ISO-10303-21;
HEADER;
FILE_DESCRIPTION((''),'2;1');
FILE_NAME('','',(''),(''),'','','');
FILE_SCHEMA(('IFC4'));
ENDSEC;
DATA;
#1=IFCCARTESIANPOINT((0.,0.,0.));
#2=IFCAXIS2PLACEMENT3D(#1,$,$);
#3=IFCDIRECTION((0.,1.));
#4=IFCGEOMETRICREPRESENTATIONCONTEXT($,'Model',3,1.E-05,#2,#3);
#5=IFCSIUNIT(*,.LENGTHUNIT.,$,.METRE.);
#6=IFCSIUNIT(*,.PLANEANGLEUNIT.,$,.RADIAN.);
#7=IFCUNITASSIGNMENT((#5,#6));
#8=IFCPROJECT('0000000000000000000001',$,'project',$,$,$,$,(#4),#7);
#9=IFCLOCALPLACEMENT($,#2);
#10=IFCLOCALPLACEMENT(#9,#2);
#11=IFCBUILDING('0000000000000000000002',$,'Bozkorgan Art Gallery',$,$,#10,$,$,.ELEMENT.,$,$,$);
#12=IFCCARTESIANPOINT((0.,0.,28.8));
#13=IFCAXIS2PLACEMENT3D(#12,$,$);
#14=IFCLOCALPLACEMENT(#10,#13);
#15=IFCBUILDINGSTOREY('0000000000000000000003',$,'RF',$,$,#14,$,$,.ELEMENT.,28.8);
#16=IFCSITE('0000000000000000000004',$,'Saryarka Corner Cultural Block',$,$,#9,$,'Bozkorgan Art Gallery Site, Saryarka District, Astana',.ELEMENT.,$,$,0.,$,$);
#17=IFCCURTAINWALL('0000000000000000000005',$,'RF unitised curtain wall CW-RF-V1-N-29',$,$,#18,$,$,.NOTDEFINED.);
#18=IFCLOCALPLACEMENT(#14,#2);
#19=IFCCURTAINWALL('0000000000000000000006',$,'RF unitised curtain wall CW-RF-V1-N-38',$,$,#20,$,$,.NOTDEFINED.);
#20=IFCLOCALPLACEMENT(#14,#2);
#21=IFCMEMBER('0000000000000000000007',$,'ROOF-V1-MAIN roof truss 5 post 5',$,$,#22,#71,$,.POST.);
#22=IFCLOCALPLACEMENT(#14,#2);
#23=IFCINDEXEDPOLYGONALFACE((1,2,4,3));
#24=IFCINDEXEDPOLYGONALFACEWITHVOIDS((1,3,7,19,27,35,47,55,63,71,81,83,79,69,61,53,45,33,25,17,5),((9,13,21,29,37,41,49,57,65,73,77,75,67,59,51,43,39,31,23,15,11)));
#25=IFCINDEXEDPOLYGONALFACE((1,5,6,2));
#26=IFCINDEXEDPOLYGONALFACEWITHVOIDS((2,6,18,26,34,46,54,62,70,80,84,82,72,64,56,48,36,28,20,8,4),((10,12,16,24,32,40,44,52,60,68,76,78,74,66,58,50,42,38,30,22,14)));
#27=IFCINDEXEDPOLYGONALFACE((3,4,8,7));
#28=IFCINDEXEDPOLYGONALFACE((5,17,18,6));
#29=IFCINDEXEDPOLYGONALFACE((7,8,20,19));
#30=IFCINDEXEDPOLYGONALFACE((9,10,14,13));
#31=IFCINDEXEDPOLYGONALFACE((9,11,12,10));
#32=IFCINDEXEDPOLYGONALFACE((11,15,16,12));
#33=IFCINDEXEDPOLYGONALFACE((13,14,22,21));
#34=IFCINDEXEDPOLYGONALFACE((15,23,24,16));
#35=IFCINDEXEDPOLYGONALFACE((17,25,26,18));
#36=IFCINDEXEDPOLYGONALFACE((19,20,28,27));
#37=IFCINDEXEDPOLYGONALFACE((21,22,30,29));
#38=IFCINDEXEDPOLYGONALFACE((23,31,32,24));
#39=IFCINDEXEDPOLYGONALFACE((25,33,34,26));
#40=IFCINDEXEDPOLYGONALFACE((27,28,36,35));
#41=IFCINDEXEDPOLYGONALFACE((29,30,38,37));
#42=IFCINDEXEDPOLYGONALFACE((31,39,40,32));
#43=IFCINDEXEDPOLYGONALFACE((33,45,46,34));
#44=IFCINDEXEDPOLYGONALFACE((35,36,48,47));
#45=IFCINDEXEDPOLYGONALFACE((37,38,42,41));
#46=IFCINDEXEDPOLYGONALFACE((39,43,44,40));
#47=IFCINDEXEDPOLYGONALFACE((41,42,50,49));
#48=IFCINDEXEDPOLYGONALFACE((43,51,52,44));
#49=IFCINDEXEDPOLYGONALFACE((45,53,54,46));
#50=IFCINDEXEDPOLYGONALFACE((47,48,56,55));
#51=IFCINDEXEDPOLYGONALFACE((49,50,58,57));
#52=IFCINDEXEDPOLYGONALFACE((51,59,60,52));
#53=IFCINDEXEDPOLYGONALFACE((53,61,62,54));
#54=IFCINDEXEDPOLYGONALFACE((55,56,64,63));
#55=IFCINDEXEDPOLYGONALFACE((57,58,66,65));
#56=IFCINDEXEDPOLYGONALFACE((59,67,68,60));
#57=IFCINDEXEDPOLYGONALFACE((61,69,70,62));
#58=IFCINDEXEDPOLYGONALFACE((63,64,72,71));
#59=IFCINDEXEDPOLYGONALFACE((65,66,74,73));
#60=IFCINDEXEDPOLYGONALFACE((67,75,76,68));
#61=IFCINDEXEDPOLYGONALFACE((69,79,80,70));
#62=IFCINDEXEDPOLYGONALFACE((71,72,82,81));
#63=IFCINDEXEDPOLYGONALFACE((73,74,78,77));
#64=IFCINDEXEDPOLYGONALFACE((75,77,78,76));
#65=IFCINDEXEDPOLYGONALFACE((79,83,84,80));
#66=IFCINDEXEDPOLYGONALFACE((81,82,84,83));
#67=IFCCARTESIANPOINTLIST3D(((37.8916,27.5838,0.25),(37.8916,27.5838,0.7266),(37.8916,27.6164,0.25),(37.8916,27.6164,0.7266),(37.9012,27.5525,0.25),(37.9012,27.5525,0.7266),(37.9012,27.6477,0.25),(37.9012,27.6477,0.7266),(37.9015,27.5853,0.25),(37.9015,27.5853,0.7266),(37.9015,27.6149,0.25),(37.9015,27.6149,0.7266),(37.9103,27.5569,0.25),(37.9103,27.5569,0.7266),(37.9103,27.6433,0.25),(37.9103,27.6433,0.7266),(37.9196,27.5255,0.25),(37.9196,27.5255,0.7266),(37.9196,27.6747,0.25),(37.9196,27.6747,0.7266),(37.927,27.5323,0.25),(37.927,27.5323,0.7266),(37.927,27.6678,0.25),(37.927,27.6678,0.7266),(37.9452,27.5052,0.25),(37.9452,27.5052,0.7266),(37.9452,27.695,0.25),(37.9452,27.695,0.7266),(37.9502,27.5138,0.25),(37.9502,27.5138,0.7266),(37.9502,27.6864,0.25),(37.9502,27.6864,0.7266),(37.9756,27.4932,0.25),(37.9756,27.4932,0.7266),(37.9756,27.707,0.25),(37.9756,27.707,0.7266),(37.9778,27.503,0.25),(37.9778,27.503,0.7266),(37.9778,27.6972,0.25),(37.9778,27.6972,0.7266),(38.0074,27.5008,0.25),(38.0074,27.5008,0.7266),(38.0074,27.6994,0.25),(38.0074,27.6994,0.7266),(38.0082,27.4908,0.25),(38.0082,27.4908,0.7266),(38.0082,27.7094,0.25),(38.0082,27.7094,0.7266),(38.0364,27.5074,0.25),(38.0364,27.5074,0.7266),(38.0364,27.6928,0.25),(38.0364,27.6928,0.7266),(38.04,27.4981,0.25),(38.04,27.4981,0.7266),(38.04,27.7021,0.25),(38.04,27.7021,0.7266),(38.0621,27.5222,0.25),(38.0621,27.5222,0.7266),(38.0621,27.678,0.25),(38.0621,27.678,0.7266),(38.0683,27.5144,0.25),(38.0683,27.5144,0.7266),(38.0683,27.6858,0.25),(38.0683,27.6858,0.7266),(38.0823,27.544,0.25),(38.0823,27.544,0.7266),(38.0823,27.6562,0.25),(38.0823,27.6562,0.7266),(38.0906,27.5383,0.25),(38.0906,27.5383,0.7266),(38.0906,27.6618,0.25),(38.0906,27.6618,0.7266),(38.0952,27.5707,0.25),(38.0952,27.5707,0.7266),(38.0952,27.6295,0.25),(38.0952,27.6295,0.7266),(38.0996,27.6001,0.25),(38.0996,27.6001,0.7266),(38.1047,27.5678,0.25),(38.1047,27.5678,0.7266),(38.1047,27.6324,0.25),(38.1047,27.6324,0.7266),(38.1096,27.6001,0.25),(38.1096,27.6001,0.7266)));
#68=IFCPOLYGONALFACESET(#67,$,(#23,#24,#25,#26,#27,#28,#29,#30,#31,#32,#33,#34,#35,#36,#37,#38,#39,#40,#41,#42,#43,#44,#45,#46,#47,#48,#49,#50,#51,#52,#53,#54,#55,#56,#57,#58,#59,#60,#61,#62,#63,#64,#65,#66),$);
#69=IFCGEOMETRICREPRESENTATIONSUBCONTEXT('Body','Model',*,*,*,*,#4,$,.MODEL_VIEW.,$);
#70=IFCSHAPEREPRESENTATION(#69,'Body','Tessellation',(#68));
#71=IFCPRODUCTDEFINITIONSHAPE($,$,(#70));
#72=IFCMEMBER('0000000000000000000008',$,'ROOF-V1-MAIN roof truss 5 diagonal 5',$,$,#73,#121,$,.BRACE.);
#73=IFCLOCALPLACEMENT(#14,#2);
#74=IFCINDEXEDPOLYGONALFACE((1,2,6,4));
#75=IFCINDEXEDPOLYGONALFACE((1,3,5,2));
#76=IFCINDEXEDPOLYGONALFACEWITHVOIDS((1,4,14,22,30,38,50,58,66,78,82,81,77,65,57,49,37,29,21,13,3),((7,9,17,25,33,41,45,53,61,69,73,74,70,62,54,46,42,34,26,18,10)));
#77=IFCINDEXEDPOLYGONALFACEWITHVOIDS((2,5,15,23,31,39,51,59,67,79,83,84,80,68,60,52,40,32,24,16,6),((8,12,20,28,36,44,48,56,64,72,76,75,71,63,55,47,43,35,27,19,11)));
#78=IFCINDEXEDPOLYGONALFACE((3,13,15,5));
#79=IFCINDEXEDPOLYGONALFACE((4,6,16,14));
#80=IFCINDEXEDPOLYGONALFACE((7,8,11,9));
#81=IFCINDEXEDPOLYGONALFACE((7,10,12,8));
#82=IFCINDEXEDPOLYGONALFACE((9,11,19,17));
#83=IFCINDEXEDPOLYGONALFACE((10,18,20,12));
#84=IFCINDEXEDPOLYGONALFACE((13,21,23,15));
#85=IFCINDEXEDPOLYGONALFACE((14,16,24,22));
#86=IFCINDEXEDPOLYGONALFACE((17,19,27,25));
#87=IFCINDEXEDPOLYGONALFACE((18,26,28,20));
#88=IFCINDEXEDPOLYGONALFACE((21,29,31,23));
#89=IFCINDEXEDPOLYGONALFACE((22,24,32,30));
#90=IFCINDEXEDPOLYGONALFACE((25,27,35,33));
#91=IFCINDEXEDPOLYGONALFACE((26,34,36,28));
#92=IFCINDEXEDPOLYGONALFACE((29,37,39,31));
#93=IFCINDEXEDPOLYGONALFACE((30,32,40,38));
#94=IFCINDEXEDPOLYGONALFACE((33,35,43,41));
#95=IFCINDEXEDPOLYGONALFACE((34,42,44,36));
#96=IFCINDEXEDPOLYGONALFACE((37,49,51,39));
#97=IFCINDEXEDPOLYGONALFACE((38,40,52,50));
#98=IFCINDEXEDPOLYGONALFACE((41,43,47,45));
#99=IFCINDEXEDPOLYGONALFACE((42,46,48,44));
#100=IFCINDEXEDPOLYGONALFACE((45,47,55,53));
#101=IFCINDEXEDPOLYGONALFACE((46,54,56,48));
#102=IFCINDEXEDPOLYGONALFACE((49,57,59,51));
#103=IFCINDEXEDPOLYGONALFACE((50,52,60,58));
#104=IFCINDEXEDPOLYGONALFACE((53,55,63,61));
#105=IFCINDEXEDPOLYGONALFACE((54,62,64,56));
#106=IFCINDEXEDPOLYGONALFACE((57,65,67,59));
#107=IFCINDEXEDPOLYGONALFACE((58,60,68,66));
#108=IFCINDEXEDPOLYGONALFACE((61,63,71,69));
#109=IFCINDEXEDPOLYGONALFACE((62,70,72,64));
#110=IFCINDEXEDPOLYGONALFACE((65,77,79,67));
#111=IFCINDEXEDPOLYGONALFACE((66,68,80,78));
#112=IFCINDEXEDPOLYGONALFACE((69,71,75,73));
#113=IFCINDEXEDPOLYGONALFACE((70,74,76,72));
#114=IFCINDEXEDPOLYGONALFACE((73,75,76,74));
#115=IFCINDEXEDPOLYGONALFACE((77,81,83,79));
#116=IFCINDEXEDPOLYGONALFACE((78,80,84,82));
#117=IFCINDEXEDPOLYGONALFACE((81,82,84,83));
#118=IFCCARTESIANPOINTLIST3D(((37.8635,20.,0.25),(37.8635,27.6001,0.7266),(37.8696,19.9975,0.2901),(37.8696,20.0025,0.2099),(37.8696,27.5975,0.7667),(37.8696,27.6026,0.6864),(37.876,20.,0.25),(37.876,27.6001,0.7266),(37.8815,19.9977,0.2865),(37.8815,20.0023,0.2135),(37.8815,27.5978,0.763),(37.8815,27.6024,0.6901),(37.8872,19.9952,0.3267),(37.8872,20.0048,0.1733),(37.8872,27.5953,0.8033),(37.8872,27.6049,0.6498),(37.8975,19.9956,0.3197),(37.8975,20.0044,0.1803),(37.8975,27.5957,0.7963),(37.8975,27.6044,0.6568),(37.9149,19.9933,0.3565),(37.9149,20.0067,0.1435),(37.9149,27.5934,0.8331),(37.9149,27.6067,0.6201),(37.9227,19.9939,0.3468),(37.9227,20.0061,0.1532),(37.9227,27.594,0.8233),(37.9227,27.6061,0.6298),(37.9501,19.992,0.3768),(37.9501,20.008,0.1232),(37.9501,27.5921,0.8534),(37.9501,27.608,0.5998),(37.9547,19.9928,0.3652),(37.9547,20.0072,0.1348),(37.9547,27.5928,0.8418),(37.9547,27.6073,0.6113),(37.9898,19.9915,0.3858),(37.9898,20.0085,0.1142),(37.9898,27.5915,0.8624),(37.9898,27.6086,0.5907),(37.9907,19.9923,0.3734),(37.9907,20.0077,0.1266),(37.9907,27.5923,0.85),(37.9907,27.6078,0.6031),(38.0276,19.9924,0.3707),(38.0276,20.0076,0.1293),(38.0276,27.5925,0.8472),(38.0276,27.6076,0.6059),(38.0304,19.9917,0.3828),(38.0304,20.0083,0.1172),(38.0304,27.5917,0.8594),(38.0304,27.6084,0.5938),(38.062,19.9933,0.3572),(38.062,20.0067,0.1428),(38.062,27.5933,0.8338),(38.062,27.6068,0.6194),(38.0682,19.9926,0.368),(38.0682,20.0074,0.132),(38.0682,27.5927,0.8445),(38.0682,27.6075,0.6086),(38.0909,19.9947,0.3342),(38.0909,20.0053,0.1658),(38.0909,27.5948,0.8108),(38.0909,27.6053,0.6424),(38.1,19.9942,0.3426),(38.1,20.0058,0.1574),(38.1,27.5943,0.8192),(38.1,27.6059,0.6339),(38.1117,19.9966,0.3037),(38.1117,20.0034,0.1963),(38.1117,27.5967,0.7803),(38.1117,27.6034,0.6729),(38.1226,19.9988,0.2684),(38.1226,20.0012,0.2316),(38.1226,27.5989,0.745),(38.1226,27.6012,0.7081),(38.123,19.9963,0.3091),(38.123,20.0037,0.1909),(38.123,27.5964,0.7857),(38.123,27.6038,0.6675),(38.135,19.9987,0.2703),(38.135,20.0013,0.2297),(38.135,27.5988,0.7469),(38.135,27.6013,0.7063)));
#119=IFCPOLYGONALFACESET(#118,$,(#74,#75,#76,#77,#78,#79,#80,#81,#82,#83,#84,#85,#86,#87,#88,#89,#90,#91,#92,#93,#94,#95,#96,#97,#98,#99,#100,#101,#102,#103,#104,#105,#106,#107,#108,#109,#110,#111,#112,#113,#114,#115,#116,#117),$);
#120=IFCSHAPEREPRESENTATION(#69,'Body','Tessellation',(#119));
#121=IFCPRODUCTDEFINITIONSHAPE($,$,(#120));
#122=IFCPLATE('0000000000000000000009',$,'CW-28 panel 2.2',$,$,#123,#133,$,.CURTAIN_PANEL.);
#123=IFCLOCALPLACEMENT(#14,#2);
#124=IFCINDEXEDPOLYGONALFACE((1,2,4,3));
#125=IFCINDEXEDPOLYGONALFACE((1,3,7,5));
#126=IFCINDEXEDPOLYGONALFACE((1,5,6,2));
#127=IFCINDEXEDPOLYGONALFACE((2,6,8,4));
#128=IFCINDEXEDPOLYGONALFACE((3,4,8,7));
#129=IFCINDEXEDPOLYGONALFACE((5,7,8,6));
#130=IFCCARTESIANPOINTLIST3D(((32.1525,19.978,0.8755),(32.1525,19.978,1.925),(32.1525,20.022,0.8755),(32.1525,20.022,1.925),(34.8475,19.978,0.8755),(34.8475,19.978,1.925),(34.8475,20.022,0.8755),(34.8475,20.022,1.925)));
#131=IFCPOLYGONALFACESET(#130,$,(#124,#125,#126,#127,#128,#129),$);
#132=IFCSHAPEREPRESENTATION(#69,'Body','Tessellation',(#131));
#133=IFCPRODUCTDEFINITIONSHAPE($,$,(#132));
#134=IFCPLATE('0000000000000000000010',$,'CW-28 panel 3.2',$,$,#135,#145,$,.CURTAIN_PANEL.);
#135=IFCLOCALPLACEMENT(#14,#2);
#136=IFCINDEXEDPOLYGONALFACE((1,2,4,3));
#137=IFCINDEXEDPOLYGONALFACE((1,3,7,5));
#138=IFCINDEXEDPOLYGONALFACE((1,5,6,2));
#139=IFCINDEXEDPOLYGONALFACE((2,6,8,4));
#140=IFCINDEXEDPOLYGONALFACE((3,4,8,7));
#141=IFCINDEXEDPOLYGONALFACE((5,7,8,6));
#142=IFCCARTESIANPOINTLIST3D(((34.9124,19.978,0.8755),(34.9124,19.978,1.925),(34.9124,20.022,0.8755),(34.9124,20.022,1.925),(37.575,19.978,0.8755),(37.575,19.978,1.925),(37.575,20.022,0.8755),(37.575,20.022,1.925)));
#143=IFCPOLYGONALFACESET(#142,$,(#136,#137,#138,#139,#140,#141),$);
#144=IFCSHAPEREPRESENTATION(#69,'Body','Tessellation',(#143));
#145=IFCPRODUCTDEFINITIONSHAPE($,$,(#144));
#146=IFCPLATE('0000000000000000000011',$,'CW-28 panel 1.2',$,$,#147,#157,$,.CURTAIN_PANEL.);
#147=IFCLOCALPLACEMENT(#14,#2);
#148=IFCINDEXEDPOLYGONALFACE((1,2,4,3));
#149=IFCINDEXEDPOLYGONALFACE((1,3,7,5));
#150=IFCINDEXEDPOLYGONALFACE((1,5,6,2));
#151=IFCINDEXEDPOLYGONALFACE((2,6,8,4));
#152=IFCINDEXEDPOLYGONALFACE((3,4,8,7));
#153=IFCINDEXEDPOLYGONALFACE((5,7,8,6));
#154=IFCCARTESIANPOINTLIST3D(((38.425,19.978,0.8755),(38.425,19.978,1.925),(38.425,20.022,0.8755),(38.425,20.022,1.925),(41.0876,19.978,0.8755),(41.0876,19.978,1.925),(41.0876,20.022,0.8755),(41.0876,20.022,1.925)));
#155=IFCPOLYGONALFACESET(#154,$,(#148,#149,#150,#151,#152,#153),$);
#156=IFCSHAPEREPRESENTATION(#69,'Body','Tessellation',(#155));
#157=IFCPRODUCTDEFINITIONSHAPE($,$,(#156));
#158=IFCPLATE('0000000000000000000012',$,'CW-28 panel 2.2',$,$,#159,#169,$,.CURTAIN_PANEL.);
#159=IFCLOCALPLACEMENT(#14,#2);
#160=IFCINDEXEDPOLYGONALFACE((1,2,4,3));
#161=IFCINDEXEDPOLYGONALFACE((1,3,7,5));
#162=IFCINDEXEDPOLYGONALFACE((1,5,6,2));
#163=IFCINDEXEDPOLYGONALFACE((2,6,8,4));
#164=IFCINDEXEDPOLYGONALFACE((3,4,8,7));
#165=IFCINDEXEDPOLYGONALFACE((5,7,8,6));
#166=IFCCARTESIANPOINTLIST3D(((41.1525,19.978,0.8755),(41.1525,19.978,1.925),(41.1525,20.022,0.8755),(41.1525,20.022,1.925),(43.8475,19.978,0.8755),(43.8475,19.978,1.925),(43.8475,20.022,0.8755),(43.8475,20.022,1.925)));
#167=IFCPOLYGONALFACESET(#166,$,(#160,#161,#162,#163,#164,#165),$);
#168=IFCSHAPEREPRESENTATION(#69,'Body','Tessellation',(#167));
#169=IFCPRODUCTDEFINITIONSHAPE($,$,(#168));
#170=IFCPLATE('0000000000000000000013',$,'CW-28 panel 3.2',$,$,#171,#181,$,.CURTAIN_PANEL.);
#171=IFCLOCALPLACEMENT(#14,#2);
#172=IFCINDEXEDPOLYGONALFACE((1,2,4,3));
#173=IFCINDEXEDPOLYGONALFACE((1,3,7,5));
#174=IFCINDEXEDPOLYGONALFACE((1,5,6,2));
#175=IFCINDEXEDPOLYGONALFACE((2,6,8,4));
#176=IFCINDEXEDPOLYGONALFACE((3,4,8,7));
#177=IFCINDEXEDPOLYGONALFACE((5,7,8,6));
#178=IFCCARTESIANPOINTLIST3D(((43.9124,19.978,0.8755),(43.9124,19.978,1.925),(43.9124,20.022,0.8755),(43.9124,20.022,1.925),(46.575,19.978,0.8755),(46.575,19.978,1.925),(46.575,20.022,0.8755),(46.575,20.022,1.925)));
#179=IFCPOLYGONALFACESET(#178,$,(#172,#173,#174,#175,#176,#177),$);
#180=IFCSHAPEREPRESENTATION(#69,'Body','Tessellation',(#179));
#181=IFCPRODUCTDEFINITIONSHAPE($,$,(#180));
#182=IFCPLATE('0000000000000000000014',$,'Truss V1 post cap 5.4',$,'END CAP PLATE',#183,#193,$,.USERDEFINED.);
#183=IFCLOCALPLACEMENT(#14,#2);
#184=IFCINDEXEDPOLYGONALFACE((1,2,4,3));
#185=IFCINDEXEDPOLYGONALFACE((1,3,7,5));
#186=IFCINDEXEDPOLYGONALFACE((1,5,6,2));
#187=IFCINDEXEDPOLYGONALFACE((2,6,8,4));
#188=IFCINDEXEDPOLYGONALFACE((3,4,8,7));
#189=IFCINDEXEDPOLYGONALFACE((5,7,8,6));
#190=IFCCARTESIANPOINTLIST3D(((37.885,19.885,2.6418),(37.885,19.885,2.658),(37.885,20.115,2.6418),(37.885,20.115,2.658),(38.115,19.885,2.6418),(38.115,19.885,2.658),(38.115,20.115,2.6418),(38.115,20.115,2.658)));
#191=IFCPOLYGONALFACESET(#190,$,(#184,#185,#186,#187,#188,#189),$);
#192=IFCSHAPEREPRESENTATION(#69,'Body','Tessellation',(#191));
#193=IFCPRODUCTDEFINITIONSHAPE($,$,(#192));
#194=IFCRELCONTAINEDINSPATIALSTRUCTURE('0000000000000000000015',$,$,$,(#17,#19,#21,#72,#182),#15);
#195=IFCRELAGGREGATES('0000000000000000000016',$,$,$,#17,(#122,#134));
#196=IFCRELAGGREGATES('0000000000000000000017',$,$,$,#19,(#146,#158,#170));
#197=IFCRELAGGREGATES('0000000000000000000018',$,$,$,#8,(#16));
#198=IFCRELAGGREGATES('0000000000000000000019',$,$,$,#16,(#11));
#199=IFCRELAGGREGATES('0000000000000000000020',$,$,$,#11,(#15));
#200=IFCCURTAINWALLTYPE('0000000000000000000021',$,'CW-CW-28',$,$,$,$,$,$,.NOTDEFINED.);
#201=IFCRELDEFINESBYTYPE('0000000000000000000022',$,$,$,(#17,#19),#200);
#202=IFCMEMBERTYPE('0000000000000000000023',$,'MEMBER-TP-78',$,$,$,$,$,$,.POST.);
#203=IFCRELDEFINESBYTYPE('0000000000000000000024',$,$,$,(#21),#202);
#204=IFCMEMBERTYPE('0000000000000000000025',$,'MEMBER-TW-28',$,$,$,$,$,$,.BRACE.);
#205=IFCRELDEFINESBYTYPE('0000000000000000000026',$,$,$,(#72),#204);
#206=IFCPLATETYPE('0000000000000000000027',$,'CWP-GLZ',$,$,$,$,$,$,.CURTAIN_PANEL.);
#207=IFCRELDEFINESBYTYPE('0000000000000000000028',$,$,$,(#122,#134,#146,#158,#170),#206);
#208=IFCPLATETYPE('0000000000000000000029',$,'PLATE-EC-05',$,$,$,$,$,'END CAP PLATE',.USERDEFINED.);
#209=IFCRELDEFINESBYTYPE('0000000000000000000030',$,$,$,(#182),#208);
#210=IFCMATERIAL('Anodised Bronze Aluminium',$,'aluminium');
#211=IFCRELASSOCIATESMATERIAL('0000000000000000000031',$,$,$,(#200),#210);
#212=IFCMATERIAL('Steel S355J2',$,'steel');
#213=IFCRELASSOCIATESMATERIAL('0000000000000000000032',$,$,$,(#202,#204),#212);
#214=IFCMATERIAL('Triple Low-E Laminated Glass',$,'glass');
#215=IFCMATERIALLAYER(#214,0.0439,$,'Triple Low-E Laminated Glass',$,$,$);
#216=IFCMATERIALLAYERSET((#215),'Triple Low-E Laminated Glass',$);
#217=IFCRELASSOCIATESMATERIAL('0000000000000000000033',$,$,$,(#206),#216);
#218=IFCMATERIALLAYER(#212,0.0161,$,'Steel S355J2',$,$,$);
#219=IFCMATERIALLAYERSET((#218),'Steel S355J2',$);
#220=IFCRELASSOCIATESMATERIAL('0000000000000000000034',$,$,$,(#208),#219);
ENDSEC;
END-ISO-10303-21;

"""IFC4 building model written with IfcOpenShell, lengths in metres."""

from ifc_helpers import new_model, si_unit, direction, frame, origin, origin_2d, place, context, subcontext, project, spatial, rectangle, hollow_circle, extrude, material, layer, layer_set, material_profile, profile_set, type_object, element, aggregate, save


model = new_model("IFC4")

# Units and contexts
model_context = context("Model", 3, precision=1e-05, world=origin(), true_north=direction((0.0, 1.0)))
body_context = subcontext(model_context, "Body", "Model", "MODEL_VIEW")
ifc_project = project(units=[si_unit("LENGTHUNIT", "METRE"), si_unit("PLANEANGLEUNIT", "RADIAN")], contexts=[model_context])

# Site, building, storey
site_placement = place(None, origin())
site = spatial("IfcSite", under=ifc_project, at=site_placement, Name="Saryarka Corner Cultural Block", LongName="Bozkorgan Art Gallery Site, Saryarka District, Astana", CompositionType="ELEMENT", RefElevation=0.0)
building_placement = place(site_placement, origin())
building = spatial("IfcBuilding", under=site, at=building_placement, Name="Bozkorgan Art Gallery", CompositionType="ELEMENT")
storey_placement = place(building_placement, frame((0.0, 0.0, 28.8)))
storey = spatial("IfcBuildingStorey", under=building, at=storey_placement, Name="RF", CompositionType="ELEMENT", Elevation=28.8)

# Shared definitions
ifc_material_1 = material(Name="Steel S355J2", Category="steel")

# Curtain walls
ifc_material_2 = material(Name="Anodised Bronze Aluminium", Category="aluminium")
curtain_wall_type = type_object("IfcCurtainWallType", Name="CW-CW-28", PredefinedType="NOTDEFINED", material=ifc_material_2)
curtain_wall_1_placement = place(storey_placement, origin())
curtain_wall_1 = element("IfcCurtainWall", 1, at=curtain_wall_1_placement, inside=storey, type_object=curtain_wall_type, Name="RF unitised curtain wall CW-RF-V1-N-29", PredefinedType="NOTDEFINED")
curtain_wall_2_placement = place(storey_placement, origin())
curtain_wall_2 = element("IfcCurtainWall", 2, at=curtain_wall_2_placement, inside=storey, type_object=curtain_wall_type, Name="RF unitised curtain wall CW-RF-V1-N-38", PredefinedType="NOTDEFINED")

# Members
ifc_material_profile_1 = material_profile(ifc_material_1, hollow_circle(Radius=0.1096, WallThickness=0.01, at=origin_2d()), Name="CHS 219.1x10")
ifc_profile_set_1 = profile_set([ifc_material_profile_1], Name="Steel S355J2")
member_type_1 = type_object("IfcMemberType", Name="MEMBER-TP-78", PredefinedType="POST", material=ifc_profile_set_1)
member_1_placement = place(storey_placement, frame((38.0, 27.6001, 0.25), z_axis=(0.0, 0.0, 1.0), x_axis=(1.0, 0.0, 0.0)))
element("IfcMember", 3, at=member_1_placement, inside=storey, type_object=member_type_1, Name="ROOF-V1-MAIN roof truss 5 post 5", PredefinedType="POST", context=body_context, shape_type="SweptSolid", body=[
    extrude(hollow_circle(Radius=0.1096, WallThickness=0.01, at=origin_2d()), origin(), (0.0, 0.0, 1.0), 0.4766),
])
ifc_material_profile_2 = material_profile(ifc_material_1, hollow_circle(Radius=0.1365, WallThickness=0.0125, at=origin_2d()), Name="CHS 273x12.5")
ifc_profile_set_2 = profile_set([ifc_material_profile_2], Name="Steel S355J2")
member_type_2 = type_object("IfcMemberType", Name="MEMBER-TW-28", PredefinedType="BRACE", material=ifc_profile_set_2)
member_2_placement = place(storey_placement, frame((38.0, 20.0, 0.25), z_axis=(0.0, 0.99804, 0.062582), x_axis=(-1.0, 0.0, 0.0)))
element("IfcMember", 4, at=member_2_placement, inside=storey, type_object=member_type_2, Name="ROOF-V1-MAIN roof truss 5 diagonal 5", PredefinedType="BRACE", context=body_context, shape_type="SweptSolid", body=[
    extrude(hollow_circle(Radius=0.1365, WallThickness=0.0125, at=origin_2d()), origin(), (0.0, 0.0, 1.0), 7.615),
])

# Plates
ifc_material_3 = material(Name="Triple Low-E Laminated Glass", Category="glass")
ifc_layer_1 = layer(ifc_material_3, 0.0439, Name="Triple Low-E Laminated Glass")
ifc_layer_set_1 = layer_set([ifc_layer_1], Name="Triple Low-E Laminated Glass")
plate_type_1 = type_object("IfcPlateType", Name="CWP-GLZ", PredefinedType="CURTAIN_PANEL", material=ifc_layer_set_1)
plate_1_placement = place(storey_placement, frame((33.5, 20.0, 0.8755), z_axis=(0.0, 0.0, 1.0), x_axis=(1.0, 0.0, 0.0)))
plate_1 = element("IfcPlate", 5, at=plate_1_placement, type_object=plate_type_1, Name="CW-28 panel 2.2", PredefinedType="CURTAIN_PANEL", context=body_context, shape_type="SweptSolid", body=[
    extrude(rectangle(XDim=2.6951, YDim=0.0439, at=origin_2d()), origin(), (0.0, 0.0, 1.0), 1.0496),
])
plate_2_placement = place(storey_placement, frame((36.2437, 20.0, 0.8755), z_axis=(0.0, 0.0, 1.0), x_axis=(1.0, 0.0, 0.0)))
plate_2 = element("IfcPlate", 6, at=plate_2_placement, type_object=plate_type_1, Name="CW-28 panel 3.2", PredefinedType="CURTAIN_PANEL", context=body_context, shape_type="SweptSolid", body=[
    extrude(rectangle(XDim=2.6626, YDim=0.0439, at=origin_2d()), origin(), (0.0, 0.0, 1.0), 1.0496),
])
aggregate(curtain_wall_1, [plate_1, plate_2])
plate_3_placement = place(storey_placement, frame((39.7563, 20.0, 0.8755), z_axis=(0.0, 0.0, 1.0), x_axis=(1.0, 0.0, 0.0)))
plate_3 = element("IfcPlate", 7, at=plate_3_placement, type_object=plate_type_1, Name="CW-28 panel 1.2", PredefinedType="CURTAIN_PANEL", context=body_context, shape_type="SweptSolid", body=[
    extrude(rectangle(XDim=2.6626, YDim=0.0439, at=origin_2d()), origin(), (0.0, 0.0, 1.0), 1.0496),
])
plate_4_placement = place(storey_placement, frame((42.5, 20.0, 0.8755), z_axis=(0.0, 0.0, 1.0), x_axis=(1.0, 0.0, 0.0)))
plate_4 = element("IfcPlate", 8, at=plate_4_placement, type_object=plate_type_1, Name="CW-28 panel 2.2", PredefinedType="CURTAIN_PANEL", context=body_context, shape_type="SweptSolid", body=[
    extrude(rectangle(XDim=2.6951, YDim=0.0439, at=origin_2d()), origin(), (0.0, 0.0, 1.0), 1.0496),
])
plate_5_placement = place(storey_placement, frame((45.2437, 20.0, 0.8755), z_axis=(0.0, 0.0, 1.0), x_axis=(1.0, 0.0, 0.0)))
plate_5 = element("IfcPlate", 9, at=plate_5_placement, type_object=plate_type_1, Name="CW-28 panel 3.2", PredefinedType="CURTAIN_PANEL", context=body_context, shape_type="SweptSolid", body=[
    extrude(rectangle(XDim=2.6626, YDim=0.0439, at=origin_2d()), origin(), (0.0, 0.0, 1.0), 1.0496),
])
aggregate(curtain_wall_2, [plate_3, plate_4, plate_5])

# Plate
ifc_layer_2 = layer(ifc_material_1, 0.0161, Name="Steel S355J2")
ifc_layer_set_2 = layer_set([ifc_layer_2], Name="Steel S355J2")
plate_type_2 = type_object("IfcPlateType", Name="PLATE-EC-05", ElementType="END CAP PLATE", PredefinedType="USERDEFINED", material=ifc_layer_set_2)
for number, where, z_axis, x_axis, name in (
    (10, (38.0, 20.0, 2.6418), (0.0, 0.0, 1.0), (1.0, 0.0, 0.0), "Truss V1 post cap 5.4"),
):
    element("IfcPlate", number, at=place(storey_placement, frame(where, z_axis=z_axis, x_axis=x_axis)), inside=storey, type_object=plate_type_2, Name=name, ObjectType="END CAP PLATE", PredefinedType="USERDEFINED", context=body_context, shape_type="SweptSolid", body=[
        extrude(rectangle(XDim=0.23, YDim=0.23, at=origin_2d()), origin(), (0.0, 0.0, 1.0), 0.0161),
    ])

save(model, "model.ifc")
